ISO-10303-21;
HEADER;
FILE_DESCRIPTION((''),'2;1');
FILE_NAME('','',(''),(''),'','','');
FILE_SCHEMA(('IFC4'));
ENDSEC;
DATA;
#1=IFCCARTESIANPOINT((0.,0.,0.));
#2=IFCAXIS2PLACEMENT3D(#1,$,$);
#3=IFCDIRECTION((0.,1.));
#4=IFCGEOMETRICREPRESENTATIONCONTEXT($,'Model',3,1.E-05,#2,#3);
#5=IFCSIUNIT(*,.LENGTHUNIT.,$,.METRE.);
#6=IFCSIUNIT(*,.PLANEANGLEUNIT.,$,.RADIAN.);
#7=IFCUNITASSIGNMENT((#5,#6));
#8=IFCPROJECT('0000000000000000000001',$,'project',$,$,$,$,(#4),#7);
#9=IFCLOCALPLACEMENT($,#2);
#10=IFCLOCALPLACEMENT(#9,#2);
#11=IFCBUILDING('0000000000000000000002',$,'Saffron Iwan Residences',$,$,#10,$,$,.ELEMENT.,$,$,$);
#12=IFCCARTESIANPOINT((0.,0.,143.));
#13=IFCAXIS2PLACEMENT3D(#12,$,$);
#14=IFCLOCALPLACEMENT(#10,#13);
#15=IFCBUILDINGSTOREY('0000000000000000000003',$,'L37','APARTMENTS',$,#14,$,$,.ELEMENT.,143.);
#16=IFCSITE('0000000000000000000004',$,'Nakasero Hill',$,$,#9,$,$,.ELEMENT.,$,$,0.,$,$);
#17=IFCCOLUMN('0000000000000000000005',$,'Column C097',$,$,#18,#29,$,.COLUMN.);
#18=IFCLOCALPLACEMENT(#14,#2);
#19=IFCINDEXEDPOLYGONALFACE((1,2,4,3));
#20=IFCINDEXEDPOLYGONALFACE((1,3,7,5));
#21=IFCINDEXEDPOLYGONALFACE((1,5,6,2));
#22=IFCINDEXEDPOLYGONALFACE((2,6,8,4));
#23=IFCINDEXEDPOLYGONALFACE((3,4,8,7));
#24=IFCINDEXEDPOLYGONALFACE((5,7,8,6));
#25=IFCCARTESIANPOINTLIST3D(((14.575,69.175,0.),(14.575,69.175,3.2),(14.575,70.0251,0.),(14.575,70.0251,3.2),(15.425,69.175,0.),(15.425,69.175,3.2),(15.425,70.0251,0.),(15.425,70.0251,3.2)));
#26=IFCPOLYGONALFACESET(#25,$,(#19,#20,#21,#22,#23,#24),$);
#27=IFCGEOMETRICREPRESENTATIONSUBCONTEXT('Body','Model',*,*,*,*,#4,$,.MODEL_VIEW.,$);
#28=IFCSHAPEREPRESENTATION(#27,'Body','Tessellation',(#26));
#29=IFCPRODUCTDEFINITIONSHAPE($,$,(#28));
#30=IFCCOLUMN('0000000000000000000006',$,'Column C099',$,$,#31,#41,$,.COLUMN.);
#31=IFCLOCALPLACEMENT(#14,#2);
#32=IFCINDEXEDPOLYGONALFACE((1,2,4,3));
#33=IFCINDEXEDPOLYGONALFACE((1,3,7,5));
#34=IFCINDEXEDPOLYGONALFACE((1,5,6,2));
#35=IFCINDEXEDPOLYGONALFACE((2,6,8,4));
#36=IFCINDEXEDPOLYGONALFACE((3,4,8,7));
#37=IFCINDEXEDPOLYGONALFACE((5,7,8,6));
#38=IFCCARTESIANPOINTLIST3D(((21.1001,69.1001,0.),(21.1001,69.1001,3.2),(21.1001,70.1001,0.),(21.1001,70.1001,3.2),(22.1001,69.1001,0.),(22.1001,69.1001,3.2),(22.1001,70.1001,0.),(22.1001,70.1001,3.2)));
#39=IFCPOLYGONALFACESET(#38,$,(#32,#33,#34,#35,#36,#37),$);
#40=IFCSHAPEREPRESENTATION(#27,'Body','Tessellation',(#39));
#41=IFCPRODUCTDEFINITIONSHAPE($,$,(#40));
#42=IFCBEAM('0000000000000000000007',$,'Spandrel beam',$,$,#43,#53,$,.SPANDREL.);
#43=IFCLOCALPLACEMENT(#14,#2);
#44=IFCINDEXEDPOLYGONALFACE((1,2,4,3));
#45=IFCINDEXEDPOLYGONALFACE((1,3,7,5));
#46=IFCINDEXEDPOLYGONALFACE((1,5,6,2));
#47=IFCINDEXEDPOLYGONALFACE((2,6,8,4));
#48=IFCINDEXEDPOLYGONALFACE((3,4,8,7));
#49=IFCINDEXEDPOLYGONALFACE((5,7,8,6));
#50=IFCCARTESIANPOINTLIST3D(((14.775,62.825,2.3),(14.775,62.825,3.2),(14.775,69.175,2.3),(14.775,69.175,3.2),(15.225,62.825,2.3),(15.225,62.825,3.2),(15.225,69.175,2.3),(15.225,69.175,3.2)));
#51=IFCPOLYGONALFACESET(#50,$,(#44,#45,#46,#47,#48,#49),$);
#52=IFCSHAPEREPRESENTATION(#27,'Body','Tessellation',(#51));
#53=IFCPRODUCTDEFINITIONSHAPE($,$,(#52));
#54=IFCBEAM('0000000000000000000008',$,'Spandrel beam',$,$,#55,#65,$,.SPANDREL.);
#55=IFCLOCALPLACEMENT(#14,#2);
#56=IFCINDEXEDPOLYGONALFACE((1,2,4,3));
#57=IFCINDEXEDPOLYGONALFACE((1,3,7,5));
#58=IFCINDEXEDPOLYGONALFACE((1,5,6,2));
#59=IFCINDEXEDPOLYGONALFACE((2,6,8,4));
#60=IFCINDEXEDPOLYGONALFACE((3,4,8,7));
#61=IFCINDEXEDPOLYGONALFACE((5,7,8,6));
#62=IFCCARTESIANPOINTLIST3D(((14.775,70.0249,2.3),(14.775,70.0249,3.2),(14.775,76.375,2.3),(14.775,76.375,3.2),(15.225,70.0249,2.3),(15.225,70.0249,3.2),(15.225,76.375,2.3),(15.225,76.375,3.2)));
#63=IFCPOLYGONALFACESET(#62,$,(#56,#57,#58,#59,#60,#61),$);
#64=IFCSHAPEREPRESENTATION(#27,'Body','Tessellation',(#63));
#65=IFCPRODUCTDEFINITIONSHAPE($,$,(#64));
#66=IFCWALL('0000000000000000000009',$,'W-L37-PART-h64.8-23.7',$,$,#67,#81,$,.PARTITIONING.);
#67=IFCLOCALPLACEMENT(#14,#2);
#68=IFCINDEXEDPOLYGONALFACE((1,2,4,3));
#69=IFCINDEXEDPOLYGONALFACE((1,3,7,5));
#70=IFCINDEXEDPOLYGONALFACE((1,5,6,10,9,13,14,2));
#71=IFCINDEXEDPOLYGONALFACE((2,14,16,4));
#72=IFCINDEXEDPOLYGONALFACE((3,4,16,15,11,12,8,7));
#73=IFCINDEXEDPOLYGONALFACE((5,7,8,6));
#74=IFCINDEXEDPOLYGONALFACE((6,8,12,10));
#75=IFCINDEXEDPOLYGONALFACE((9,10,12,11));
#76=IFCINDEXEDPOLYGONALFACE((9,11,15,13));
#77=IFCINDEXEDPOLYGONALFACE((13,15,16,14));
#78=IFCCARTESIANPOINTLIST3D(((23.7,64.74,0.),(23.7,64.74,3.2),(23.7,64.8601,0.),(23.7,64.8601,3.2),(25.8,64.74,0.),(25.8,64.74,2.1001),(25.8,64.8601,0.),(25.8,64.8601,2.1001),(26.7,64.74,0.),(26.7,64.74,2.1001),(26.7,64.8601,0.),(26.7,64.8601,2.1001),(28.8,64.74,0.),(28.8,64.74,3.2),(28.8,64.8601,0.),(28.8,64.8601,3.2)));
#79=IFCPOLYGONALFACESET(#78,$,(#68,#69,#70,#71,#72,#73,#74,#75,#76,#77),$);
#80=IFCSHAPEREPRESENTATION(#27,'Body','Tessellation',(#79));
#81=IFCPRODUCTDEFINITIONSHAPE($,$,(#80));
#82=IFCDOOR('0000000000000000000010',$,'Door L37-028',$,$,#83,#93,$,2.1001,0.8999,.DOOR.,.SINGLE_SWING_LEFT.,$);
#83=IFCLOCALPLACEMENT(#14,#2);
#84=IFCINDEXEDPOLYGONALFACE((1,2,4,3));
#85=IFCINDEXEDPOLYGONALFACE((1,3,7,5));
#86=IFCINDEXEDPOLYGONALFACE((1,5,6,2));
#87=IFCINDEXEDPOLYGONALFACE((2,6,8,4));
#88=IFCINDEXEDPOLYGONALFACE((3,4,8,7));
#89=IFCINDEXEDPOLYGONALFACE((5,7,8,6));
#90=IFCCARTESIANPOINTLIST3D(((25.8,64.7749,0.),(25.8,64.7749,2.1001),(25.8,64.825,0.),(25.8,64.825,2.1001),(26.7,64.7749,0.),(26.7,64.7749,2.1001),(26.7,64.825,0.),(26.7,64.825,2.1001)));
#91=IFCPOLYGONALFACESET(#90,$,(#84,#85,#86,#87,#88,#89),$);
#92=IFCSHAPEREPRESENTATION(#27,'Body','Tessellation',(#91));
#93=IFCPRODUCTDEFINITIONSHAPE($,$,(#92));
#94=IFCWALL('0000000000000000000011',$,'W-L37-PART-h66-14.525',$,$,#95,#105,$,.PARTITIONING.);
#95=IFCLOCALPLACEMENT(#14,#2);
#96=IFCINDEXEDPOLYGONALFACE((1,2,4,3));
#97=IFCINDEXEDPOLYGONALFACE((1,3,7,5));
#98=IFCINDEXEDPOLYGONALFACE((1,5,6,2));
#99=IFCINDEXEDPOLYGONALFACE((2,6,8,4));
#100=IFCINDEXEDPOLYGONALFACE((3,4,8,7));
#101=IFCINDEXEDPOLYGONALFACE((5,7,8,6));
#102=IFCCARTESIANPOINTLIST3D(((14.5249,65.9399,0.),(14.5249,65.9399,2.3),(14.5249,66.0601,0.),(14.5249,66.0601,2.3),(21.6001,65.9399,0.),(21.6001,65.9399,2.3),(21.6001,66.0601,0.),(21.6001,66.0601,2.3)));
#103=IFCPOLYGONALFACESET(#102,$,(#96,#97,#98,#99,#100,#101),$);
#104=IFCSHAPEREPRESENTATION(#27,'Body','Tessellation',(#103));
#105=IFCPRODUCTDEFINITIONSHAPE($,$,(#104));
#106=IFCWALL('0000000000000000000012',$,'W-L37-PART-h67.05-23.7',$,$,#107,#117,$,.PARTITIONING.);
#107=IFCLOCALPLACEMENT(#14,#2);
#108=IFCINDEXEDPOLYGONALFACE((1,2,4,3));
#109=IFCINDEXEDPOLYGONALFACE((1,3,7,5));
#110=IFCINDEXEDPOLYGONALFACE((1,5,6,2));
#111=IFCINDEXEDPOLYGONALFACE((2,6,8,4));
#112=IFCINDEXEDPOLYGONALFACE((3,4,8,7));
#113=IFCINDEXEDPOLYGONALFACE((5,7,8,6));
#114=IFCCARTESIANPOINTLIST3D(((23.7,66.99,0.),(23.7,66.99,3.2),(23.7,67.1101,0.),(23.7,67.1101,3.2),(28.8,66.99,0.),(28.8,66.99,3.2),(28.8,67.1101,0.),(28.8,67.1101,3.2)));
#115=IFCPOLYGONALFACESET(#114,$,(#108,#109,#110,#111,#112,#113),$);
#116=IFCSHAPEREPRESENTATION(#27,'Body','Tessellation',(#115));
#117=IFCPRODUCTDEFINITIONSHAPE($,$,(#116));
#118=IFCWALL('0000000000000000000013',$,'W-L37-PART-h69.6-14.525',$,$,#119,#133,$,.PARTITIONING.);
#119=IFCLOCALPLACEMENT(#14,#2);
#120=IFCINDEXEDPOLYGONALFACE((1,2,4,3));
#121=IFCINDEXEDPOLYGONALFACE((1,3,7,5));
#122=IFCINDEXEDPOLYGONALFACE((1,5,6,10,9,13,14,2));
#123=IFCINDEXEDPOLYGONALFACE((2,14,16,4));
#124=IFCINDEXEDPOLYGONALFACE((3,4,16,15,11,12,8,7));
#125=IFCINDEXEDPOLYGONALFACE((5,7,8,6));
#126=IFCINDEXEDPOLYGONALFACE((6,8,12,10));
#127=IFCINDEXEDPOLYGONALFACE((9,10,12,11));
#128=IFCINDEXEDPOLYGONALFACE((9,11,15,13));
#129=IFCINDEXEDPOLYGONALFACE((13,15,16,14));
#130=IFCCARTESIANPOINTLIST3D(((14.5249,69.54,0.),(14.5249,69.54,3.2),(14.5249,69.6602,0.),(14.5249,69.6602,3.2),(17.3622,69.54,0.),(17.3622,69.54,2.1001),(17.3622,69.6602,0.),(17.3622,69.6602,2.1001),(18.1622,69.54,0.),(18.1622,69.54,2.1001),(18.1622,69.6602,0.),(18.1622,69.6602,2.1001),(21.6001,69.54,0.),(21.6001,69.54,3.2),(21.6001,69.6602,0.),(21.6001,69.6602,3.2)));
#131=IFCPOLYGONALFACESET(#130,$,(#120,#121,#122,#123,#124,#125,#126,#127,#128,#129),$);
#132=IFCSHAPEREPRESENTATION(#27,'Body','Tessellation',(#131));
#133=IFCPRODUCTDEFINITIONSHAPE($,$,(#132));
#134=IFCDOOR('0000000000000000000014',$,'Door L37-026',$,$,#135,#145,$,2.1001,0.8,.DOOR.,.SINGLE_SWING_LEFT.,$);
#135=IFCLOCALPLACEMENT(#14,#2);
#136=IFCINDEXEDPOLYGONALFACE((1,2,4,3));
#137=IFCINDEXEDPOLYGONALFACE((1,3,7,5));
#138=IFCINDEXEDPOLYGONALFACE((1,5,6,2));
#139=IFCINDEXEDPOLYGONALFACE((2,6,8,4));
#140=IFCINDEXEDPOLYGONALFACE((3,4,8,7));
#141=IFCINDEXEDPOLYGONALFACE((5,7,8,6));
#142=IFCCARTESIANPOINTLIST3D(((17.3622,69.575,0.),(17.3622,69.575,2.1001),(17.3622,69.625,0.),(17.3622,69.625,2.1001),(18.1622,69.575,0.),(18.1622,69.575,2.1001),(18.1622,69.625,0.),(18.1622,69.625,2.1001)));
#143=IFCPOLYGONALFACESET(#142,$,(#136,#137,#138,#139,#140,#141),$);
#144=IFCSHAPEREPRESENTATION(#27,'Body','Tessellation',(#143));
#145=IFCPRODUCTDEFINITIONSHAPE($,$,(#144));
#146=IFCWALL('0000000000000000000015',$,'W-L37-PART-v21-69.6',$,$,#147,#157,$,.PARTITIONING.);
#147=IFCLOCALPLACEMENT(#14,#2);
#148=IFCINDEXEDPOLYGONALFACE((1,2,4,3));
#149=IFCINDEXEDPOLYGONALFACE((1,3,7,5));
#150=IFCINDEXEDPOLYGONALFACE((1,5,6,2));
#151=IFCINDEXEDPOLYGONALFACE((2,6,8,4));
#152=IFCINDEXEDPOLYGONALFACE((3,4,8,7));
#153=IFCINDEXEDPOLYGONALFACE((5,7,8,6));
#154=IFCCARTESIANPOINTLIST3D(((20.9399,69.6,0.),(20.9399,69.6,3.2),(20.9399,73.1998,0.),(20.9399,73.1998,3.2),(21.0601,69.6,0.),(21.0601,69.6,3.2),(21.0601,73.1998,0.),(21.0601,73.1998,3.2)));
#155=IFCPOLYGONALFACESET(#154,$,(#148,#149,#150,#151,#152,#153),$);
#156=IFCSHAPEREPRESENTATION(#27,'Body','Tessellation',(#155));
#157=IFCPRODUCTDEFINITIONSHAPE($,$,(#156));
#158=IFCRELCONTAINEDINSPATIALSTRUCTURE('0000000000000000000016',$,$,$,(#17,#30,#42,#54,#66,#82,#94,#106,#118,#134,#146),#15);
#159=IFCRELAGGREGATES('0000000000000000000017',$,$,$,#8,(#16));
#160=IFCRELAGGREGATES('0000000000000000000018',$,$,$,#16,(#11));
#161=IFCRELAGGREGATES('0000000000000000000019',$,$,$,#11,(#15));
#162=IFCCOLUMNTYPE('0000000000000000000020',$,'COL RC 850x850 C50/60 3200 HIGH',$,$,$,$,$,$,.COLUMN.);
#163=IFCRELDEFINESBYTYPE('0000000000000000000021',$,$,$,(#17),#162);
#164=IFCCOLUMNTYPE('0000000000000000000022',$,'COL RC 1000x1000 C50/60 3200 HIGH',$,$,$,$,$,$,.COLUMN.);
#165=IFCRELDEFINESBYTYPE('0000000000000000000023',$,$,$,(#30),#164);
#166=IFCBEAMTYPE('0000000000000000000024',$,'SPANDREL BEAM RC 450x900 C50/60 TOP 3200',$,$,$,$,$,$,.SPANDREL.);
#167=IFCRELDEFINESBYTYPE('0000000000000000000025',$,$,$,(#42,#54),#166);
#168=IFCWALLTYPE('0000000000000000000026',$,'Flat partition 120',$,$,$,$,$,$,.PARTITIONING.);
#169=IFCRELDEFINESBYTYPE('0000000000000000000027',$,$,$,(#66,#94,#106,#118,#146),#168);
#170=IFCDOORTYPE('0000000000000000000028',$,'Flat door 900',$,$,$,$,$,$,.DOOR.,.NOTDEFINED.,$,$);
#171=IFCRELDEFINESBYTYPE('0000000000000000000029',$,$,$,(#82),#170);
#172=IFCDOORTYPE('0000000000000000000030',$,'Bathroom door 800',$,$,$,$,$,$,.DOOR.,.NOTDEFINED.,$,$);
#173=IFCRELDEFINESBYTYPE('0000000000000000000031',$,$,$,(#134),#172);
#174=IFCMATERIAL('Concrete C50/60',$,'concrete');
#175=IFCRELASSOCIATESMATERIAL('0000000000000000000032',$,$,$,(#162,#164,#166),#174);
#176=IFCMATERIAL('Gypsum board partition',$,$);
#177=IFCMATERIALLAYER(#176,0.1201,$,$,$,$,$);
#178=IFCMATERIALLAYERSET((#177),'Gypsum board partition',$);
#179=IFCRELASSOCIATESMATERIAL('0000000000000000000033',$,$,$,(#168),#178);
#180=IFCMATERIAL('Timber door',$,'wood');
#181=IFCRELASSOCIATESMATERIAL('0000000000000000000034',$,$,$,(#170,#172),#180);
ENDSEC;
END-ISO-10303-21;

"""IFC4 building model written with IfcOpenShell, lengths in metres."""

from ifc_helpers import new_model, si_unit, direction, frame, frame_2d, origin, origin_2d, place, context, subcontext, project, spatial, rectangle, extrude, source, transform, mapped, material, layer, layer_set, material_profile, profile_set, type_object, element, fill, save


model = new_model("IFC4")

# Units and contexts
model_context = context("Model", 3, precision=1e-05, world=origin(), true_north=direction((0.0, 1.0)))
body_context = subcontext(model_context, "Body", "Model", "MODEL_VIEW")
ifc_project = project(units=[si_unit("LENGTHUNIT", "METRE"), si_unit("PLANEANGLEUNIT", "RADIAN")], contexts=[model_context])

# Site, building, storey
site_placement = place(None, origin())
site = spatial("IfcSite", under=ifc_project, at=site_placement, Name="Nakasero Hill", CompositionType="ELEMENT", RefElevation=0.0)
building_placement = place(site_placement, origin())
building = spatial("IfcBuilding", under=site, at=building_placement, Name="Saffron Iwan Residences", CompositionType="ELEMENT")
storey_placement = place(building_placement, frame((0.0, 0.0, 143.0)))
storey = spatial("IfcBuildingStorey", under=building, at=storey_placement, Name="L37", Description="APARTMENTS", CompositionType="ELEMENT", Elevation=143.0)

# Columns
ifc_material_1 = material(Name="Concrete C50/60", Category="concrete")
ifc_material_profile_1 = material_profile(ifc_material_1, rectangle(XDim=0.8501, YDim=0.8501, at=origin_2d()), Name="RC 850x850")
ifc_profile_set_1 = profile_set([ifc_material_profile_1], Name="Concrete C50/60")
column_type_1 = type_object("IfcColumnType", Name="COL RC 850x850 C50/60 3200 HIGH", PredefinedType="COLUMN", material=ifc_profile_set_1)
shared_shape_1 = source(origin(), body_context, "Body", "SweptSolid", [
    extrude(rectangle(XDim=0.8501, YDim=0.8501, at=origin_2d()), origin(), (0.0, 0.0, 1.0), 3.2),
])
column_1_placement = place(storey_placement, frame((15.0, 69.6001, 0.0), z_axis=(0.0, 0.0, 1.0), x_axis=(1.0, 0.0, 0.0)))
element("IfcColumn", 1, at=column_1_placement, inside=storey, type_object=column_type_1, Name="Column C097", PredefinedType="COLUMN", context=body_context, shape_type="MappedRepresentation", body=[
    mapped(shared_shape_1, transform((0.0, 0.0, 0.0))),
])
ifc_material_profile_2 = material_profile(ifc_material_1, rectangle(XDim=1.0, YDim=1.0, at=origin_2d()), Name="RC 1000x1000")
ifc_profile_set_2 = profile_set([ifc_material_profile_2], Name="Concrete C50/60")
column_type_2 = type_object("IfcColumnType", Name="COL RC 1000x1000 C50/60 3200 HIGH", PredefinedType="COLUMN", material=ifc_profile_set_2)
shared_shape_2 = source(origin(), body_context, "Body", "SweptSolid", [
    extrude(rectangle(XDim=1.0, YDim=1.0, at=origin_2d()), origin(), (0.0, 0.0, 1.0), 3.2),
])
column_2_placement = place(storey_placement, frame((21.6001, 69.6001, 0.0), z_axis=(0.0, 0.0, 1.0), x_axis=(1.0, 0.0, 0.0)))
element("IfcColumn", 2, at=column_2_placement, inside=storey, type_object=column_type_2, Name="Column C099", PredefinedType="COLUMN", context=body_context, shape_type="MappedRepresentation", body=[
    mapped(shared_shape_2, transform((0.0, 0.0, 0.0))),
])

# Beams
ifc_material_profile_3 = material_profile(ifc_material_1, rectangle(XDim=0.45, YDim=0.8999, at=origin_2d()), Name="RC 450x900")
ifc_profile_set_3 = profile_set([ifc_material_profile_3], Name="Concrete C50/60")
beam_type = type_object("IfcBeamType", Name="SPANDREL BEAM RC 450x900 C50/60 TOP 3200", PredefinedType="SPANDREL", material=ifc_profile_set_3)
shared_shape_3 = source(origin(), body_context, "Body", "SweptSolid", [
    extrude(rectangle(XDim=0.45, YDim=0.8999, at=origin_2d()), origin(), (0.0, 0.0, 1.0), 6.3501),
])
for number, where, z_axis, x_axis, name in (
    (3, (15.0, 62.825, 2.75), (0.0, 1.0, 0.0), (-1.0, 0.0, 0.0), "Spandrel beam"),
    (4, (15.0, 70.0249, 2.75), (0.0, 1.0, 0.0), (-1.0, 0.0, 0.0), "Spandrel beam"),
):
    element("IfcBeam", number, at=place(storey_placement, frame(where, z_axis=z_axis, x_axis=x_axis)), inside=storey, type_object=beam_type, Name=name, PredefinedType="SPANDREL", context=body_context, shape_type="MappedRepresentation", body=[
        mapped(shared_shape_3, transform((0.0, 0.0, 0.0))),
    ])

# Wall, opening, door
ifc_material_2 = material(Name="Gypsum board partition")
ifc_layer = layer(ifc_material_2, 0.1201)
ifc_layer_set = layer_set([ifc_layer], Name="Gypsum board partition")
wall_type = type_object("IfcWallType", Name="Flat partition 120", PredefinedType="PARTITIONING", material=ifc_layer_set)
wall_1_placement = place(storey_placement, frame((23.7, 64.8, 0.0), z_axis=(0.0, 0.0, 1.0), x_axis=(1.0, 0.0, 0.0)))
wall_1 = element("IfcWall", 5, at=wall_1_placement, inside=storey, type_object=wall_type, Name="W-L37-PART-h64.8-23.7", PredefinedType="PARTITIONING", context=body_context, shape_type="SweptSolid", body=[
    extrude(rectangle(XDim=5.1001, YDim=0.1201, at=frame_2d((2.55, 0.0))), origin(), (0.0, 0.0, 1.0), 3.2),
])
opening_1_placement = place(wall_1_placement, frame((2.1001, 0.0, 0.0)))
opening_1 = element("IfcOpeningElement", 6, at=opening_1_placement, cuts=wall_1, PredefinedType="OPENING", context=body_context, shape_type="SweptSolid", body=[
    extrude(rectangle(XDim=0.8999, YDim=2.1001, at=frame_2d((0.45, 1.05))), frame((0.0, 0.0701, 0.0), z_axis=(0.0, -1.0, 0.0), x_axis=(1.0, 0.0, 0.0)), (0.0, 0.0, 1.0), 0.1401),
])
ifc_material_3 = material(Name="Timber door", Category="wood")
door_type_1 = type_object("IfcDoorType", Name="Flat door 900", OperationType="NOTDEFINED", PredefinedType="DOOR", material=ifc_material_3)
door_1_placement = place(opening_1_placement, origin())
door_1 = element("IfcDoor", 7, at=door_1_placement, inside=storey, type_object=door_type_1, Name="Door L37-028", OperationType="SINGLE_SWING_LEFT", OverallHeight=2.1001, OverallWidth=0.8999, PredefinedType="DOOR", context=body_context, shape_type="SweptSolid", body=[
    extrude(rectangle(XDim=0.8999, YDim=2.1001, at=frame_2d((0.45, 1.05))), frame((0.0, 0.0249, 0.0), z_axis=(0.0, -1.0, 0.0), x_axis=(1.0, 0.0, 0.0)), (0.0, 0.0, 1.0), 0.05),
])
fill(opening_1, door_1)

# Walls
wall_2_placement = place(storey_placement, frame((14.5249, 66.0, 0.0), z_axis=(0.0, 0.0, 1.0), x_axis=(1.0, 0.0, 0.0)))
element("IfcWall", 8, at=wall_2_placement, inside=storey, type_object=wall_type, Name="W-L37-PART-h66-14.525", PredefinedType="PARTITIONING", context=body_context, shape_type="SweptSolid", body=[
    extrude(rectangle(XDim=7.0752, YDim=0.1201, at=frame_2d((3.5376, 0.0))), origin(), (0.0, 0.0, 1.0), 2.3),
])
wall_3_placement = place(storey_placement, frame((23.7, 67.05, 0.0), z_axis=(0.0, 0.0, 1.0), x_axis=(1.0, 0.0, 0.0)))
element("IfcWall", 9, at=wall_3_placement, inside=storey, type_object=wall_type, Name="W-L37-PART-h67.05-23.7", PredefinedType="PARTITIONING", context=body_context, shape_type="SweptSolid", body=[
    extrude(rectangle(XDim=5.1001, YDim=0.1201, at=frame_2d((2.55, 0.0))), origin(), (0.0, 0.0, 1.0), 3.2),
])

# Wall, opening, door
wall_4_placement = place(storey_placement, frame((14.5249, 69.6001, 0.0), z_axis=(0.0, 0.0, 1.0), x_axis=(1.0, 0.0, 0.0)))
wall_4 = element("IfcWall", 10, at=wall_4_placement, inside=storey, type_object=wall_type, Name="W-L37-PART-h69.6-14.525", PredefinedType="PARTITIONING", context=body_context, shape_type="SweptSolid", body=[
    extrude(rectangle(XDim=7.0752, YDim=0.1201, at=frame_2d((3.5376, 0.0))), origin(), (0.0, 0.0, 1.0), 3.2),
])
opening_2_placement = place(wall_4_placement, frame((2.8374, 0.0, 0.0)))
opening_2 = element("IfcOpeningElement", 11, at=opening_2_placement, cuts=wall_4, PredefinedType="OPENING", context=body_context, shape_type="SweptSolid", body=[
    extrude(rectangle(XDim=0.8, YDim=2.1001, at=frame_2d((0.3999, 1.05))), frame((0.0, 0.0701, 0.0), z_axis=(0.0, -1.0, 0.0), x_axis=(1.0, 0.0, 0.0)), (0.0, 0.0, 1.0), 0.1401),
])
door_type_2 = type_object("IfcDoorType", Name="Bathroom door 800", OperationType="NOTDEFINED", PredefinedType="DOOR", material=ifc_material_3)
door_2_placement = place(opening_2_placement, origin())
door_2 = element("IfcDoor", 12, at=door_2_placement, inside=storey, type_object=door_type_2, Name="Door L37-026", OperationType="SINGLE_SWING_LEFT", OverallHeight=2.1001, OverallWidth=0.8, PredefinedType="DOOR", context=body_context, shape_type="SweptSolid", body=[
    extrude(rectangle(XDim=0.8, YDim=2.1001, at=frame_2d((0.3999, 1.05))), frame((0.0, 0.0249, 0.0), z_axis=(0.0, -1.0, 0.0), x_axis=(1.0, 0.0, 0.0)), (0.0, 0.0, 1.0), 0.05),
])
fill(opening_2, door_2)

# Wall
wall_5_placement = place(storey_placement, frame((21.0, 69.6001, 0.0), z_axis=(0.0, 0.0, 1.0), x_axis=(0.0, 1.0, 0.0)))
element("IfcWall", 13, at=wall_5_placement, inside=storey, type_object=wall_type, Name="W-L37-PART-v21-69.6", PredefinedType="PARTITIONING", context=body_context, shape_type="SweptSolid", body=[
    extrude(rectangle(XDim=3.5999, YDim=0.1201, at=frame_2d((1.7998, 0.0))), origin(), (0.0, 0.0, 1.0), 3.2),
])

save(model, "model.ifc")
